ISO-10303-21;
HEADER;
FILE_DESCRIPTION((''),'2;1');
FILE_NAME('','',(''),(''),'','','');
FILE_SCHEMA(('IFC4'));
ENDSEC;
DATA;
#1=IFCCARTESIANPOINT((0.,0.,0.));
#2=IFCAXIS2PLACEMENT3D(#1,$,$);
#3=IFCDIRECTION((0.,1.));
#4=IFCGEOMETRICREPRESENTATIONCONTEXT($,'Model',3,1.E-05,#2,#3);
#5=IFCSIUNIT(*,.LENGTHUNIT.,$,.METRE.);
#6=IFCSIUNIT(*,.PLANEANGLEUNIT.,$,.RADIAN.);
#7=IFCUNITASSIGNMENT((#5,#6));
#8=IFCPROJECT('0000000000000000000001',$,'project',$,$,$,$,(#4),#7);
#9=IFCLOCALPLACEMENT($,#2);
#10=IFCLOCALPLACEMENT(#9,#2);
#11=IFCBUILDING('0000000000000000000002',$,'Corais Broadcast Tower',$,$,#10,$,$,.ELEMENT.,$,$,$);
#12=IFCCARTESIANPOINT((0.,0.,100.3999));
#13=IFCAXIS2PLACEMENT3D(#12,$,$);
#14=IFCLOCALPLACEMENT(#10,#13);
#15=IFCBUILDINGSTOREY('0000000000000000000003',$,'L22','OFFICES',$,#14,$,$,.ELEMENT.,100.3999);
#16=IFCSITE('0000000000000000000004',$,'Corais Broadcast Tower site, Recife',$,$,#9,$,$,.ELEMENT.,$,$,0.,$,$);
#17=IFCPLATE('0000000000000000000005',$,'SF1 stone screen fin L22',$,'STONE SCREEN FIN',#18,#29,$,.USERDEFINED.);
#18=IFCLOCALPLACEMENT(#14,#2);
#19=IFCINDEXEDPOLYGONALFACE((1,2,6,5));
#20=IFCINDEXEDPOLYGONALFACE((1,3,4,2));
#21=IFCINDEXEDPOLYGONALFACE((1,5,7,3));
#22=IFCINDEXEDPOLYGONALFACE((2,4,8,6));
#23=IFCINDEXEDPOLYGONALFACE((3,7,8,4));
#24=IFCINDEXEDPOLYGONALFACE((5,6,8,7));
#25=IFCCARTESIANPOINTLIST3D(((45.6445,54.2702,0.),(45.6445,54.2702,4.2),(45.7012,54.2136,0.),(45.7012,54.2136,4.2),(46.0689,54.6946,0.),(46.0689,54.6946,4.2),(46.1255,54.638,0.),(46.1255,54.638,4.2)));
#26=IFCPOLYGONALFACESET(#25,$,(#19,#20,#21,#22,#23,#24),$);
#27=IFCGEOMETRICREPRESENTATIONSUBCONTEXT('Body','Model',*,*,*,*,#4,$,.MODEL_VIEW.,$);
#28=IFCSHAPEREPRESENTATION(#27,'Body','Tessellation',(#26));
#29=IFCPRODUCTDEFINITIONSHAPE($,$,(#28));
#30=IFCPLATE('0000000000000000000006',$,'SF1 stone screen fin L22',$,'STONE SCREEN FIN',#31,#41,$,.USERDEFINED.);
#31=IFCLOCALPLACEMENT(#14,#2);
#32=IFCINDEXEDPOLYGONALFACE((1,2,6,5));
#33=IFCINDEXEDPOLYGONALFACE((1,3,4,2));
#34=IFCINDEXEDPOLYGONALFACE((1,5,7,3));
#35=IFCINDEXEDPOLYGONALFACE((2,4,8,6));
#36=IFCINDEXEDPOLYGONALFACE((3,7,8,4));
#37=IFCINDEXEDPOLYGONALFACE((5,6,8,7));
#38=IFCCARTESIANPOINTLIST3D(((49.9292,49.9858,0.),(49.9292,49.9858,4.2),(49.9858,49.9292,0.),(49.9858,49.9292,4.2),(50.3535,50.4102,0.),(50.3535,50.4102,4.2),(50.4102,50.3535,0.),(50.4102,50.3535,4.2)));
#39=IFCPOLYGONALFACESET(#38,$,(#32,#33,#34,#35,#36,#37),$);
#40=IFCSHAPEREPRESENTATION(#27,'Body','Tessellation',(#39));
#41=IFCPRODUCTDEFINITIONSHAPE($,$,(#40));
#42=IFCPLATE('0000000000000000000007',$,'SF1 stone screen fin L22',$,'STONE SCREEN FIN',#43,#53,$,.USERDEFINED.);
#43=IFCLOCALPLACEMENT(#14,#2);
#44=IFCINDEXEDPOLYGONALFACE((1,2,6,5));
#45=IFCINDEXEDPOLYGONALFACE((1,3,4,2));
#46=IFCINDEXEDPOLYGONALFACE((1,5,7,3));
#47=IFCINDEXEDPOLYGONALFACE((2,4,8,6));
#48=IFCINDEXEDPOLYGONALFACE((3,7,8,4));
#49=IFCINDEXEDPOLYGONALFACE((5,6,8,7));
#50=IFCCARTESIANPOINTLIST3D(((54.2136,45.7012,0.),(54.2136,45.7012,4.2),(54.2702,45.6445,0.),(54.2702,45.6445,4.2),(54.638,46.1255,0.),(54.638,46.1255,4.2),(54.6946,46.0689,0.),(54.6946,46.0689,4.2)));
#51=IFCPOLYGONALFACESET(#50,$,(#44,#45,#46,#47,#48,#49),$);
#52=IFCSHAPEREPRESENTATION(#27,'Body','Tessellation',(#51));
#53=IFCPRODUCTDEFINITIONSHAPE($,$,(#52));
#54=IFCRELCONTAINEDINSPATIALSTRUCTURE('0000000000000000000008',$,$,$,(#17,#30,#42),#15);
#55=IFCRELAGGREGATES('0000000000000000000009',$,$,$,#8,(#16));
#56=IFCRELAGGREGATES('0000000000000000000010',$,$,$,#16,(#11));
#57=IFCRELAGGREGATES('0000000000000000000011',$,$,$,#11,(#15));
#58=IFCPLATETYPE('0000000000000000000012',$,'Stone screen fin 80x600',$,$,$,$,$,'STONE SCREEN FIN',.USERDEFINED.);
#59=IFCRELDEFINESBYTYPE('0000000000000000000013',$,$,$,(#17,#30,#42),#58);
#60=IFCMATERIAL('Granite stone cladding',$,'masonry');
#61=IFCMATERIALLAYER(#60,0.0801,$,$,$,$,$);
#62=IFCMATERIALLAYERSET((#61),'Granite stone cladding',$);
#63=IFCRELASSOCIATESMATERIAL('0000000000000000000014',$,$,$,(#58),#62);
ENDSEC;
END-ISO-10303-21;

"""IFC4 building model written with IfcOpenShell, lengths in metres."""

from ifc_helpers import new_model, si_unit, direction, frame, origin, origin_2d, place, context, subcontext, project, spatial, rectangle, extrude, material, layer, layer_set, type_object, element, save


model = new_model("IFC4")

# Units and contexts
model_context = context("Model", 3, precision=1e-05, world=origin(), true_north=direction((0.0, 1.0)))
body_context = subcontext(model_context, "Body", "Model", "MODEL_VIEW")
ifc_project = project(units=[si_unit("LENGTHUNIT", "METRE"), si_unit("PLANEANGLEUNIT", "RADIAN")], contexts=[model_context])

# Site, building, storey
site_placement = place(None, origin())
site = spatial("IfcSite", under=ifc_project, at=site_placement, Name="Corais Broadcast Tower site, Recife", CompositionType="ELEMENT", RefElevation=0.0)
building_placement = place(site_placement, origin())
building = spatial("IfcBuilding", under=site, at=building_placement, Name="Corais Broadcast Tower", CompositionType="ELEMENT")
storey_placement = place(building_placement, frame((0.0, 0.0, 100.3999)))
storey = spatial("IfcBuildingStorey", under=building, at=storey_placement, Name="L22", Description="OFFICES", CompositionType="ELEMENT", Elevation=100.3999)

# Plates
ifc_material_1 = material(Name="Granite stone cladding", Category="masonry")
ifc_layer_1 = layer(ifc_material_1, 0.0801)
ifc_layer_set_1 = layer_set([ifc_layer_1], Name="Granite stone cladding")
plate_type_1 = type_object("IfcPlateType", Name="Stone screen fin 80x600", ElementType="STONE SCREEN FIN", PredefinedType="USERDEFINED", material=ifc_layer_set_1)
for number, where, z_axis, x_axis, name in (
    (1, (45.885, 54.4541, 0.0), (0.0, 0.0, 1.0), (0.707107, -0.707107, 0.0), "SF1 stone screen fin L22"),
    (2, (50.1697, 50.1697, 0.0), (0.0, 0.0, 1.0), (0.707107, -0.707107, 0.0), "SF1 stone screen fin L22"),
    (3, (54.4541, 45.885, 0.0), (0.0, 0.0, 1.0), (0.707107, -0.707107, 0.0), "SF1 stone screen fin L22"),
):
    element("IfcPlate", number, at=place(storey_placement, frame(where, z_axis=z_axis, x_axis=x_axis)), inside=storey, type_object=plate_type_1, Name=name, ObjectType="STONE SCREEN FIN", PredefinedType="USERDEFINED", context=body_context, shape_type="SweptSolid", body=[
        extrude(rectangle(XDim=0.0801, YDim=0.6001, at=origin_2d()), origin(), (0.0, 0.0, 1.0), 4.2),
    ])

save(model, "model.ifc")
